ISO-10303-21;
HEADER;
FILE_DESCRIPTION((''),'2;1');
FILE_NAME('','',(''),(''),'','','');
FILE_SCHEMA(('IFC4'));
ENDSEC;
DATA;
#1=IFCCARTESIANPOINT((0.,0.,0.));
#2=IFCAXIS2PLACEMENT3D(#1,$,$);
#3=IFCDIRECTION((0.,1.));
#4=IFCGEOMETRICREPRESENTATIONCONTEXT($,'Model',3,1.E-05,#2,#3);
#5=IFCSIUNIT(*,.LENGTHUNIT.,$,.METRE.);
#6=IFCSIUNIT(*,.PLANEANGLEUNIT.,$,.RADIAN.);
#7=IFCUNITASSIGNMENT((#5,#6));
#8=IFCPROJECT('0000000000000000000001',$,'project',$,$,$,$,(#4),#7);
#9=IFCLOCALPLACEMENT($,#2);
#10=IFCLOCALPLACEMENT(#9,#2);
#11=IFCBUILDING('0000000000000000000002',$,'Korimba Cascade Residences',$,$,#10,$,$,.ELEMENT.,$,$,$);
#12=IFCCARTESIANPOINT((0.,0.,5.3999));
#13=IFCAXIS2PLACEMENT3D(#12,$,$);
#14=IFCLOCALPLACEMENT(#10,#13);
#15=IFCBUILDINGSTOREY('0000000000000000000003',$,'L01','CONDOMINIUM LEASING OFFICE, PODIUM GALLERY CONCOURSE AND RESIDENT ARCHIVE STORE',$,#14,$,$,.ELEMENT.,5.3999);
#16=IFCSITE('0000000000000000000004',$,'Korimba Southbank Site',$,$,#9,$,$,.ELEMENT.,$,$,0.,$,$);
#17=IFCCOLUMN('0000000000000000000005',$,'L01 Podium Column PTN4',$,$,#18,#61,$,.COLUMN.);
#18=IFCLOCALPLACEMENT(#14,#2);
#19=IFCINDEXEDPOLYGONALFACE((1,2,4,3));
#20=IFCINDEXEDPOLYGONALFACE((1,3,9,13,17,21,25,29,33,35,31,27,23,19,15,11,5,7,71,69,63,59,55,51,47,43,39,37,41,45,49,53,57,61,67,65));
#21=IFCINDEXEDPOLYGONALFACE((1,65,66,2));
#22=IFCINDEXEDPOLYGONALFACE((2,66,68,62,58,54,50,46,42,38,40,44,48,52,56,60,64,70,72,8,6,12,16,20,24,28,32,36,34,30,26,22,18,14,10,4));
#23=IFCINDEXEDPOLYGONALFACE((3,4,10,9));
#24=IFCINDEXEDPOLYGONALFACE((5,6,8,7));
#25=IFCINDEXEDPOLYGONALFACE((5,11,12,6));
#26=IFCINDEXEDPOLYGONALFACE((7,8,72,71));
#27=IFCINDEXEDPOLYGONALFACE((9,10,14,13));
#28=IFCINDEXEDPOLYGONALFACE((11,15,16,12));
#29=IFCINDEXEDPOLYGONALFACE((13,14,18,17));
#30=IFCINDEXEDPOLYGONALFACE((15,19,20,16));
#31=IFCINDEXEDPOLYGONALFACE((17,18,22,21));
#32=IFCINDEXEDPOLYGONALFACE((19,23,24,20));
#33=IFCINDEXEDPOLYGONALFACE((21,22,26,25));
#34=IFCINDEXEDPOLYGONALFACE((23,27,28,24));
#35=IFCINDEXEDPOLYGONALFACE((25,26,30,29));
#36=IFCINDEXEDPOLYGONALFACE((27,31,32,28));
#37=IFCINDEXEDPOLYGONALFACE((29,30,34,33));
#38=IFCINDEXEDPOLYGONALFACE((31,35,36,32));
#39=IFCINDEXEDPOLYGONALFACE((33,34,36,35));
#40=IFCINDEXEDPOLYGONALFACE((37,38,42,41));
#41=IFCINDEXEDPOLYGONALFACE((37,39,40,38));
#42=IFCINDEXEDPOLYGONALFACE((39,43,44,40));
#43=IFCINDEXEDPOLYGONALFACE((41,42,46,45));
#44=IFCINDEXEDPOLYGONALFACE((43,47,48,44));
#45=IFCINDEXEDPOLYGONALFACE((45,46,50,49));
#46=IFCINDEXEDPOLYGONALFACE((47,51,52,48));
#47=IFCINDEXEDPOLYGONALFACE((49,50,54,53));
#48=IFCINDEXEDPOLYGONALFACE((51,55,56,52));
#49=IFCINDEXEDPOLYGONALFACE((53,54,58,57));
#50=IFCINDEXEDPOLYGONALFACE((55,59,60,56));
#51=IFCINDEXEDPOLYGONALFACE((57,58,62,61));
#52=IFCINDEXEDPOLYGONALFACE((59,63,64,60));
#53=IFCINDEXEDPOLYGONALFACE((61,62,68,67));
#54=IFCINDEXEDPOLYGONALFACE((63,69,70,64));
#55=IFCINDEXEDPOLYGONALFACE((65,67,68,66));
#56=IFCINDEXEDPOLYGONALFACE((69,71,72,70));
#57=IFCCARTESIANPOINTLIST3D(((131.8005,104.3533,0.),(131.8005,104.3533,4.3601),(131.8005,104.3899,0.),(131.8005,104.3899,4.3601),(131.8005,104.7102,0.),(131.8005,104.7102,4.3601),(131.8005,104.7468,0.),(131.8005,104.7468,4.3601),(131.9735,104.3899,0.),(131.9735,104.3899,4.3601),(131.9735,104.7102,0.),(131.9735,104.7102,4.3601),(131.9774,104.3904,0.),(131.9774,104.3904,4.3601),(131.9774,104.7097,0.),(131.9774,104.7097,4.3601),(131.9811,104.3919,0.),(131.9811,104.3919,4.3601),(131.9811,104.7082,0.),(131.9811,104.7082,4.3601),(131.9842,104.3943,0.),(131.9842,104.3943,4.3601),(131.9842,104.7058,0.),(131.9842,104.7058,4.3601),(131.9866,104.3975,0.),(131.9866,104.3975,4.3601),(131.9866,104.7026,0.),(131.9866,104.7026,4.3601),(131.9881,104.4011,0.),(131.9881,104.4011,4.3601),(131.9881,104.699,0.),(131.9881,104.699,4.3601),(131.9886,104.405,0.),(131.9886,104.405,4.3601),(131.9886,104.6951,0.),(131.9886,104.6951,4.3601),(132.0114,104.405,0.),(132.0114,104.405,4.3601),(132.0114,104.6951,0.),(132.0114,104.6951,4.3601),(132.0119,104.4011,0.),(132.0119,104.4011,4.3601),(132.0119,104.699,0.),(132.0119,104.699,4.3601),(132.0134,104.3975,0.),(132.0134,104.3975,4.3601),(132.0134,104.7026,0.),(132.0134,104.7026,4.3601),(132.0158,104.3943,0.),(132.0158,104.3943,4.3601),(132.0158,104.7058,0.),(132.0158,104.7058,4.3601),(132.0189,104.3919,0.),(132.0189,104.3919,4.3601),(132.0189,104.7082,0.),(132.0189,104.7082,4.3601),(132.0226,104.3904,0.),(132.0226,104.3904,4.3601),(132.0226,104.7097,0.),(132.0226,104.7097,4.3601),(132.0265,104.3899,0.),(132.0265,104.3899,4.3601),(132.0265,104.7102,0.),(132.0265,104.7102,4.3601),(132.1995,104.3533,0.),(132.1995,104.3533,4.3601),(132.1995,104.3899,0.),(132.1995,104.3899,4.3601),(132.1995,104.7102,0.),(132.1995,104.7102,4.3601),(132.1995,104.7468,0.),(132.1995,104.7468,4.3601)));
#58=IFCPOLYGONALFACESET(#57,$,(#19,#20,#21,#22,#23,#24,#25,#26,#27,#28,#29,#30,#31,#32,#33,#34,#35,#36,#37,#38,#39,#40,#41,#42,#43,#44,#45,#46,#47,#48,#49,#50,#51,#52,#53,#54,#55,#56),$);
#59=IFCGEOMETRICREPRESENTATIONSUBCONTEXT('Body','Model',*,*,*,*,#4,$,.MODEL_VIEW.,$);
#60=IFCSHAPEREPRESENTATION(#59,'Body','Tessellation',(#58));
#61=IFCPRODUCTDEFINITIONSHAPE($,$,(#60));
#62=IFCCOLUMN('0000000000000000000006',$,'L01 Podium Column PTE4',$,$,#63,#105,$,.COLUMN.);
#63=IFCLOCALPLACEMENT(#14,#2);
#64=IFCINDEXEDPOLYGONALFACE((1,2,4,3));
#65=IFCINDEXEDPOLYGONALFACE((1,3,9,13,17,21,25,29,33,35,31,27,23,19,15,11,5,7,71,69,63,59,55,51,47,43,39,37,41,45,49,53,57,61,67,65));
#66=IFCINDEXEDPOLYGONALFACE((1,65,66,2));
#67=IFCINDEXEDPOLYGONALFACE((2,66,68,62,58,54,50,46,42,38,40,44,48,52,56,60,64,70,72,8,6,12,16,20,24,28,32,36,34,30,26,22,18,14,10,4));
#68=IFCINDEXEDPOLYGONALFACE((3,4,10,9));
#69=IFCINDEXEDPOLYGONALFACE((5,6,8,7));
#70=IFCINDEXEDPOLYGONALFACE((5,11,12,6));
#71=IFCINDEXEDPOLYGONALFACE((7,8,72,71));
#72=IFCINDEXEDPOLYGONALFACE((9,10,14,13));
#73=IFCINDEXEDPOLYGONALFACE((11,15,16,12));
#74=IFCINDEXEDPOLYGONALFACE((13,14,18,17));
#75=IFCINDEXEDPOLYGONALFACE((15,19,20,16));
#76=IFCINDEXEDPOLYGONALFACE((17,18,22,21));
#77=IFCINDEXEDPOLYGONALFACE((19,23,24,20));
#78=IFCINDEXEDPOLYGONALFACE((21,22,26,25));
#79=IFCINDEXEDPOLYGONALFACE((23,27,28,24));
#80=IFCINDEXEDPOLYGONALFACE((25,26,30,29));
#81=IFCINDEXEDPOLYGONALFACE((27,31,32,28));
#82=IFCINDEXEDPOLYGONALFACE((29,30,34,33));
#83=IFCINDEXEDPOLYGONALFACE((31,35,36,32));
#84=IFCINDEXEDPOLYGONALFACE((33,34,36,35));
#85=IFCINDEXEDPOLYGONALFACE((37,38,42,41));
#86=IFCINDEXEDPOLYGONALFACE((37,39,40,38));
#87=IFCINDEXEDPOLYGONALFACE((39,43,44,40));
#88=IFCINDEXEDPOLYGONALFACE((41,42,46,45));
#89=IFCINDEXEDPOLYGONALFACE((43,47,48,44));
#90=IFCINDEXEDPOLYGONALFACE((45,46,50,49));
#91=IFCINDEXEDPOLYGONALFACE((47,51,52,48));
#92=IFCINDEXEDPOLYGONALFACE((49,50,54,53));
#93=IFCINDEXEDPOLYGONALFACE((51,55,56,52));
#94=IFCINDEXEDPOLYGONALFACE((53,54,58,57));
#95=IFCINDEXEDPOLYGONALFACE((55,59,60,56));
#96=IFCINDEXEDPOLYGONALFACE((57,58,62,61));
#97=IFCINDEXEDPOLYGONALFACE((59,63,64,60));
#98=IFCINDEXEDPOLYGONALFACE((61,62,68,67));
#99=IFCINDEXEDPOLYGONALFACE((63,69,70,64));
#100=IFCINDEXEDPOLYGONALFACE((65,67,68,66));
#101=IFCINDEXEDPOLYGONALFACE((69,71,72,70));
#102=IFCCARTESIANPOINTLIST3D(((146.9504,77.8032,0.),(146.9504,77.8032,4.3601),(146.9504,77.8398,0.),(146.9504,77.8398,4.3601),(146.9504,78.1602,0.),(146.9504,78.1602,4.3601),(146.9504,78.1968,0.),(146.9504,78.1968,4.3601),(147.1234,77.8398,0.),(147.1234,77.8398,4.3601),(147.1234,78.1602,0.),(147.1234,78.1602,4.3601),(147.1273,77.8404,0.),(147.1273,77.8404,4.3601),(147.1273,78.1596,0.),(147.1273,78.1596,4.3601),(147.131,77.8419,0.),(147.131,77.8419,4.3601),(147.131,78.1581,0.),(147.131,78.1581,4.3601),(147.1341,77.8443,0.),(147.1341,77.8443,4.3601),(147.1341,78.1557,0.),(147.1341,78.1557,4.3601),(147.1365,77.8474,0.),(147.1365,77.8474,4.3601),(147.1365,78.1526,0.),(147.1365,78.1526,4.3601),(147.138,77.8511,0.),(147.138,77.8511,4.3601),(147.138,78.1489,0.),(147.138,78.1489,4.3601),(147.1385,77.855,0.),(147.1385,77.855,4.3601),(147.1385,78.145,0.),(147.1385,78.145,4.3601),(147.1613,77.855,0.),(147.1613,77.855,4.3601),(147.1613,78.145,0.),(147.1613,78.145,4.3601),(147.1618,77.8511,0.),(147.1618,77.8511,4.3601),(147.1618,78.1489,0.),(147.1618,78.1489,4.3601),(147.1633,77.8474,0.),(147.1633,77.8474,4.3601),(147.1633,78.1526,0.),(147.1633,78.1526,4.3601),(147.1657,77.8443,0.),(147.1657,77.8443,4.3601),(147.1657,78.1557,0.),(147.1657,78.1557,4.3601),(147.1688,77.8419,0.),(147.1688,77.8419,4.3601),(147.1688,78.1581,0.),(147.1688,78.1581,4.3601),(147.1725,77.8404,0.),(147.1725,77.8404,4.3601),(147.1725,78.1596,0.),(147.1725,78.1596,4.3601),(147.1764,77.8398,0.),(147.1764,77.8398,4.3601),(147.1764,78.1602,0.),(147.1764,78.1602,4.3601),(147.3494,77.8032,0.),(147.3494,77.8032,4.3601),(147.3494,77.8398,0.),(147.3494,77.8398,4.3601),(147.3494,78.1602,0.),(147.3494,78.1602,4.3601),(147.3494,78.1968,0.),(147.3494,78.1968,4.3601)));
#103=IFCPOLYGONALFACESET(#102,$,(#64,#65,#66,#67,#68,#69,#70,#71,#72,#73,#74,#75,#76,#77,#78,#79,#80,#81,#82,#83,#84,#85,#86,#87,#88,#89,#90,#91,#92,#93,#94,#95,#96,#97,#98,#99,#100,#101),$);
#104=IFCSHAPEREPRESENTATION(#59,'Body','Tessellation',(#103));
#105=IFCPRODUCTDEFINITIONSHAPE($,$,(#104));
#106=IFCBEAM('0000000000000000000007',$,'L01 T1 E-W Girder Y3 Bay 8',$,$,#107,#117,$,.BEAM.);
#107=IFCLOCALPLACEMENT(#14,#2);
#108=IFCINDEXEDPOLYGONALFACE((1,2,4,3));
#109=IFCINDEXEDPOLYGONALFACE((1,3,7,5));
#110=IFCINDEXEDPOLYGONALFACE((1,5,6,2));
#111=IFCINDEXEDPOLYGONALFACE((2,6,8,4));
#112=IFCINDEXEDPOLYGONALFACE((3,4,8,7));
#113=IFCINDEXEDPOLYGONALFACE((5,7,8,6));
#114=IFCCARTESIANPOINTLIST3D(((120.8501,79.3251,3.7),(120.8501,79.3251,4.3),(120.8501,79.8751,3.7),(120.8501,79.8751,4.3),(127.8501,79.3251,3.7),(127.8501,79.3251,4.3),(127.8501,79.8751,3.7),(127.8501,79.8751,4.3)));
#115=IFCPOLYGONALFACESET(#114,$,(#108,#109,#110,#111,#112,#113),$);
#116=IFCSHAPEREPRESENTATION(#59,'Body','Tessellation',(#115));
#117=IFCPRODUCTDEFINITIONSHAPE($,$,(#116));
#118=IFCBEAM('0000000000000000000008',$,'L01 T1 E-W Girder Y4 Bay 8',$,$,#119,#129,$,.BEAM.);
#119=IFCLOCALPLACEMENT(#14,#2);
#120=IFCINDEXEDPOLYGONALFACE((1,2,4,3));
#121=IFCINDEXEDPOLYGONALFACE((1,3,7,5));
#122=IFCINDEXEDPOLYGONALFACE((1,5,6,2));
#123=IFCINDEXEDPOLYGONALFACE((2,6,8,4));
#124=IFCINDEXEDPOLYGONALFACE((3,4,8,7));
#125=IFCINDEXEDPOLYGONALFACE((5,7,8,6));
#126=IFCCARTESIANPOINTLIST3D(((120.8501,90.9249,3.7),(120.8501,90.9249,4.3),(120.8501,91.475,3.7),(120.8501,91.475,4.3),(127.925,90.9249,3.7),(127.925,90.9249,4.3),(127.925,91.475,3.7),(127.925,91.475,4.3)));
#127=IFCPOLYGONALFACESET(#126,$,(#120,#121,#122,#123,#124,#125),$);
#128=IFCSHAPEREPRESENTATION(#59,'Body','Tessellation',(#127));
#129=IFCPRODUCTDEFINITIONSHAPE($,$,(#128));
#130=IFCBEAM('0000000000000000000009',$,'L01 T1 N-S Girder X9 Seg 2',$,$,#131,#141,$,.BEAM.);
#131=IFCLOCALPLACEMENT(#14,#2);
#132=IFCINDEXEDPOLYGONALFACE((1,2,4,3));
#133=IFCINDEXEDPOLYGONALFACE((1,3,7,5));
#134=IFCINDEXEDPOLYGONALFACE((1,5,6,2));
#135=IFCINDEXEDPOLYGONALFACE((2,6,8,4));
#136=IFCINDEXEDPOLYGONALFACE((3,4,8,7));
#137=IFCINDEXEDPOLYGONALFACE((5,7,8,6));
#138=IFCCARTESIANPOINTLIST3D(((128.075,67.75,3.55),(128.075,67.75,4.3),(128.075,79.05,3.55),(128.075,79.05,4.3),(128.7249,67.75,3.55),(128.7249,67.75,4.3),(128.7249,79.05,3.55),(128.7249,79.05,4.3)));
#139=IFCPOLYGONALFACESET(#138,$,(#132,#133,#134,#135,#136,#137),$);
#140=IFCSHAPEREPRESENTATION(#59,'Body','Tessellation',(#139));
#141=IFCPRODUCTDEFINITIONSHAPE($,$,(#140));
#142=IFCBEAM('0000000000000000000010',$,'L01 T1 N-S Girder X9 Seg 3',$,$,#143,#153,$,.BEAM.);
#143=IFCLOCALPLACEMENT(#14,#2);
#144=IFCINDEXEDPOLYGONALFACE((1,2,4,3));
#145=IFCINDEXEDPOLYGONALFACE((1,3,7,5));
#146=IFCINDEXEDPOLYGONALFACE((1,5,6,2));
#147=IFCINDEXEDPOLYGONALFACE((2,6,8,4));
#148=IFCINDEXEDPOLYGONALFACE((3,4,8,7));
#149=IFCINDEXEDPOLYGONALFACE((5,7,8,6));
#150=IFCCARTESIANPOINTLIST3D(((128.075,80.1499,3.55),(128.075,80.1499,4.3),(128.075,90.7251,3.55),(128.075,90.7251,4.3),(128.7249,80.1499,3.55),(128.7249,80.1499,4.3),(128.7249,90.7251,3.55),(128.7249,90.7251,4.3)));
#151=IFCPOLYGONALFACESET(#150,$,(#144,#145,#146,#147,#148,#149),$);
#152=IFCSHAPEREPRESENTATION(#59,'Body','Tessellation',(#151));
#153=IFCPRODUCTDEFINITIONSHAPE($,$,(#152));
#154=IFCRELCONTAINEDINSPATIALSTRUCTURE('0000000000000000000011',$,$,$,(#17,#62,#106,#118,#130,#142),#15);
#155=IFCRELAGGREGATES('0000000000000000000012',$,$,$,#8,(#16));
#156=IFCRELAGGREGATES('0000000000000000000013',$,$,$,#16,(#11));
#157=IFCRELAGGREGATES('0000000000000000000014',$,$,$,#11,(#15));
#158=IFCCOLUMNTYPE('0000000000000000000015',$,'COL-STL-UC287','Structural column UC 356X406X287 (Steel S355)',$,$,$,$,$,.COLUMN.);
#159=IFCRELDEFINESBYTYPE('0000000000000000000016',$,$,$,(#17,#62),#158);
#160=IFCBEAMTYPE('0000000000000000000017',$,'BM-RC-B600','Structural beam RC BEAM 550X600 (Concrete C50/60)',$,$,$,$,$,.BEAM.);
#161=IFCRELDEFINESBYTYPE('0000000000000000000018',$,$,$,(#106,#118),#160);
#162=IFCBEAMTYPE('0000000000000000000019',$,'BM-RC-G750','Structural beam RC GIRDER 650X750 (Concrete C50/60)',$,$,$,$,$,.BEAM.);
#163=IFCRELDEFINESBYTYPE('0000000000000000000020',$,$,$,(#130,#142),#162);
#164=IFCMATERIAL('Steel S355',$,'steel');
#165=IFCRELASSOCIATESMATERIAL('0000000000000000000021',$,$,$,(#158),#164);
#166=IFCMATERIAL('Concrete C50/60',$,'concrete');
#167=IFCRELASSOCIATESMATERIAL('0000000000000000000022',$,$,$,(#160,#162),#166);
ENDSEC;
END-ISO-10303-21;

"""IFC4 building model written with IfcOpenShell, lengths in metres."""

from ifc_helpers import new_model, si_unit, direction, frame, origin, origin_2d, place, context, subcontext, project, spatial, rectangle, i_section, extrude, material, material_profile, profile_set, type_object, element, save


model = new_model("IFC4")

# Units and contexts
model_context = context("Model", 3, precision=1e-05, world=origin(), true_north=direction((0.0, 1.0)))
body_context = subcontext(model_context, "Body", "Model", "MODEL_VIEW")
ifc_project = project(units=[si_unit("LENGTHUNIT", "METRE"), si_unit("PLANEANGLEUNIT", "RADIAN")], contexts=[model_context])

# Site, building, storey
site_placement = place(None, origin())
site = spatial("IfcSite", under=ifc_project, at=site_placement, Name="Korimba Southbank Site", CompositionType="ELEMENT", RefElevation=0.0)
building_placement = place(site_placement, origin())
building = spatial("IfcBuilding", under=site, at=building_placement, Name="Korimba Cascade Residences", CompositionType="ELEMENT")
storey_placement = place(building_placement, frame((0.0, 0.0, 5.3999)))
storey = spatial("IfcBuildingStorey", under=building, at=storey_placement, Name="L01", Description="CONDOMINIUM LEASING OFFICE, PODIUM GALLERY CONCOURSE AND RESIDENT ARCHIVE STORE", CompositionType="ELEMENT", Elevation=5.3999)

# Columns
ifc_material_1 = material(Name="Steel S355", Category="steel")
ifc_material_profile_1 = material_profile(ifc_material_1, i_section(OverallWidth=0.3989, OverallDepth=0.3936, WebThickness=0.0227, FlangeThickness=0.0366, FilletRadius=0.0151, at=origin_2d()), Name="Steel S355")
ifc_profile_set_1 = profile_set([ifc_material_profile_1], Name="Steel S355")
column_type_1 = type_object("IfcColumnType", Name="COL-STL-UC287", Description="Structural column UC 356X406X287 (Steel S355)", PredefinedType="COLUMN", material=ifc_profile_set_1)
for number, where, z_axis, x_axis, name in (
    (1, (132.0, 104.55, 0.0), (0.0, 0.0, 1.0), (1.0, 0.0, 0.0), "L01 Podium Column PTN4"),
    (2, (147.1499, 78.0, 0.0), (0.0, 0.0, 1.0), (1.0, 0.0, 0.0), "L01 Podium Column PTE4"),
):
    element("IfcColumn", number, at=place(storey_placement, frame(where, z_axis=z_axis, x_axis=x_axis)), inside=storey, type_object=column_type_1, Name=name, PredefinedType="COLUMN", context=body_context, shape_type="SweptSolid", body=[
        extrude(i_section(OverallWidth=0.3989, OverallDepth=0.3936, WebThickness=0.0227, FlangeThickness=0.0366, FilletRadius=0.0151, at=origin_2d()), origin(), (0.0, 0.0, 1.0), 4.3601),
    ])

# Beams
ifc_material_2 = material(Name="Concrete C50/60", Category="concrete")
ifc_material_profile_2 = material_profile(ifc_material_2, rectangle(XDim=0.55, YDim=0.6001, at=origin_2d()), Name="Concrete C50/60")
ifc_profile_set_2 = profile_set([ifc_material_profile_2], Name="Concrete C50/60")
beam_type_1 = type_object("IfcBeamType", Name="BM-RC-B600", Description="Structural beam RC BEAM 550X600 (Concrete C50/60)", PredefinedType="BEAM", material=ifc_profile_set_2)
beam_1_placement = place(storey_placement, frame((120.8501, 79.6001, 4.0), z_axis=(1.0, 0.0, 0.0), x_axis=(0.0, 1.0, 0.0)))
element("IfcBeam", 3, at=beam_1_placement, inside=storey, type_object=beam_type_1, Name="L01 T1 E-W Girder Y3 Bay 8", PredefinedType="BEAM", context=body_context, shape_type="SweptSolid", body=[
    extrude(rectangle(XDim=0.55, YDim=0.6001, at=origin_2d()), origin(), (0.0, 0.0, 1.0), 7.0),
])
beam_2_placement = place(storey_placement, frame((120.8501, 91.2, 4.0), z_axis=(1.0, 0.0, 0.0), x_axis=(0.0, 1.0, 0.0)))
element("IfcBeam", 4, at=beam_2_placement, inside=storey, type_object=beam_type_1, Name="L01 T1 E-W Girder Y4 Bay 8", PredefinedType="BEAM", context=body_context, shape_type="SweptSolid", body=[
    extrude(rectangle(XDim=0.55, YDim=0.6001, at=origin_2d()), origin(), (0.0, 0.0, 1.0), 7.075),
])
ifc_material_profile_3 = material_profile(ifc_material_2, rectangle(XDim=0.6499, YDim=0.75, at=origin_2d()), Name="Concrete C50/60")
ifc_profile_set_3 = profile_set([ifc_material_profile_3], Name="Concrete C50/60")
beam_type_2 = type_object("IfcBeamType", Name="BM-RC-G750", Description="Structural beam RC GIRDER 650X750 (Concrete C50/60)", PredefinedType="BEAM", material=ifc_profile_set_3)
beam_3_placement = place(storey_placement, frame((128.3999, 67.75, 3.925), z_axis=(0.0, 1.0, 0.0), x_axis=(-1.0, 0.0, 0.0)))
element("IfcBeam", 5, at=beam_3_placement, inside=storey, type_object=beam_type_2, Name="L01 T1 N-S Girder X9 Seg 2", PredefinedType="BEAM", context=body_context, shape_type="SweptSolid", body=[
    extrude(rectangle(XDim=0.6499, YDim=0.75, at=origin_2d()), origin(), (0.0, 0.0, 1.0), 11.3),
])
beam_4_placement = place(storey_placement, frame((128.3999, 80.1499, 3.925), z_axis=(0.0, 1.0, 0.0), x_axis=(-1.0, 0.0, 0.0)))
element("IfcBeam", 6, at=beam_4_placement, inside=storey, type_object=beam_type_2, Name="L01 T1 N-S Girder X9 Seg 3", PredefinedType="BEAM", context=body_context, shape_type="SweptSolid", body=[
    extrude(rectangle(XDim=0.6499, YDim=0.75, at=origin_2d()), origin(), (0.0, 0.0, 1.0), 10.5752),
])

save(model, "model.ifc")
